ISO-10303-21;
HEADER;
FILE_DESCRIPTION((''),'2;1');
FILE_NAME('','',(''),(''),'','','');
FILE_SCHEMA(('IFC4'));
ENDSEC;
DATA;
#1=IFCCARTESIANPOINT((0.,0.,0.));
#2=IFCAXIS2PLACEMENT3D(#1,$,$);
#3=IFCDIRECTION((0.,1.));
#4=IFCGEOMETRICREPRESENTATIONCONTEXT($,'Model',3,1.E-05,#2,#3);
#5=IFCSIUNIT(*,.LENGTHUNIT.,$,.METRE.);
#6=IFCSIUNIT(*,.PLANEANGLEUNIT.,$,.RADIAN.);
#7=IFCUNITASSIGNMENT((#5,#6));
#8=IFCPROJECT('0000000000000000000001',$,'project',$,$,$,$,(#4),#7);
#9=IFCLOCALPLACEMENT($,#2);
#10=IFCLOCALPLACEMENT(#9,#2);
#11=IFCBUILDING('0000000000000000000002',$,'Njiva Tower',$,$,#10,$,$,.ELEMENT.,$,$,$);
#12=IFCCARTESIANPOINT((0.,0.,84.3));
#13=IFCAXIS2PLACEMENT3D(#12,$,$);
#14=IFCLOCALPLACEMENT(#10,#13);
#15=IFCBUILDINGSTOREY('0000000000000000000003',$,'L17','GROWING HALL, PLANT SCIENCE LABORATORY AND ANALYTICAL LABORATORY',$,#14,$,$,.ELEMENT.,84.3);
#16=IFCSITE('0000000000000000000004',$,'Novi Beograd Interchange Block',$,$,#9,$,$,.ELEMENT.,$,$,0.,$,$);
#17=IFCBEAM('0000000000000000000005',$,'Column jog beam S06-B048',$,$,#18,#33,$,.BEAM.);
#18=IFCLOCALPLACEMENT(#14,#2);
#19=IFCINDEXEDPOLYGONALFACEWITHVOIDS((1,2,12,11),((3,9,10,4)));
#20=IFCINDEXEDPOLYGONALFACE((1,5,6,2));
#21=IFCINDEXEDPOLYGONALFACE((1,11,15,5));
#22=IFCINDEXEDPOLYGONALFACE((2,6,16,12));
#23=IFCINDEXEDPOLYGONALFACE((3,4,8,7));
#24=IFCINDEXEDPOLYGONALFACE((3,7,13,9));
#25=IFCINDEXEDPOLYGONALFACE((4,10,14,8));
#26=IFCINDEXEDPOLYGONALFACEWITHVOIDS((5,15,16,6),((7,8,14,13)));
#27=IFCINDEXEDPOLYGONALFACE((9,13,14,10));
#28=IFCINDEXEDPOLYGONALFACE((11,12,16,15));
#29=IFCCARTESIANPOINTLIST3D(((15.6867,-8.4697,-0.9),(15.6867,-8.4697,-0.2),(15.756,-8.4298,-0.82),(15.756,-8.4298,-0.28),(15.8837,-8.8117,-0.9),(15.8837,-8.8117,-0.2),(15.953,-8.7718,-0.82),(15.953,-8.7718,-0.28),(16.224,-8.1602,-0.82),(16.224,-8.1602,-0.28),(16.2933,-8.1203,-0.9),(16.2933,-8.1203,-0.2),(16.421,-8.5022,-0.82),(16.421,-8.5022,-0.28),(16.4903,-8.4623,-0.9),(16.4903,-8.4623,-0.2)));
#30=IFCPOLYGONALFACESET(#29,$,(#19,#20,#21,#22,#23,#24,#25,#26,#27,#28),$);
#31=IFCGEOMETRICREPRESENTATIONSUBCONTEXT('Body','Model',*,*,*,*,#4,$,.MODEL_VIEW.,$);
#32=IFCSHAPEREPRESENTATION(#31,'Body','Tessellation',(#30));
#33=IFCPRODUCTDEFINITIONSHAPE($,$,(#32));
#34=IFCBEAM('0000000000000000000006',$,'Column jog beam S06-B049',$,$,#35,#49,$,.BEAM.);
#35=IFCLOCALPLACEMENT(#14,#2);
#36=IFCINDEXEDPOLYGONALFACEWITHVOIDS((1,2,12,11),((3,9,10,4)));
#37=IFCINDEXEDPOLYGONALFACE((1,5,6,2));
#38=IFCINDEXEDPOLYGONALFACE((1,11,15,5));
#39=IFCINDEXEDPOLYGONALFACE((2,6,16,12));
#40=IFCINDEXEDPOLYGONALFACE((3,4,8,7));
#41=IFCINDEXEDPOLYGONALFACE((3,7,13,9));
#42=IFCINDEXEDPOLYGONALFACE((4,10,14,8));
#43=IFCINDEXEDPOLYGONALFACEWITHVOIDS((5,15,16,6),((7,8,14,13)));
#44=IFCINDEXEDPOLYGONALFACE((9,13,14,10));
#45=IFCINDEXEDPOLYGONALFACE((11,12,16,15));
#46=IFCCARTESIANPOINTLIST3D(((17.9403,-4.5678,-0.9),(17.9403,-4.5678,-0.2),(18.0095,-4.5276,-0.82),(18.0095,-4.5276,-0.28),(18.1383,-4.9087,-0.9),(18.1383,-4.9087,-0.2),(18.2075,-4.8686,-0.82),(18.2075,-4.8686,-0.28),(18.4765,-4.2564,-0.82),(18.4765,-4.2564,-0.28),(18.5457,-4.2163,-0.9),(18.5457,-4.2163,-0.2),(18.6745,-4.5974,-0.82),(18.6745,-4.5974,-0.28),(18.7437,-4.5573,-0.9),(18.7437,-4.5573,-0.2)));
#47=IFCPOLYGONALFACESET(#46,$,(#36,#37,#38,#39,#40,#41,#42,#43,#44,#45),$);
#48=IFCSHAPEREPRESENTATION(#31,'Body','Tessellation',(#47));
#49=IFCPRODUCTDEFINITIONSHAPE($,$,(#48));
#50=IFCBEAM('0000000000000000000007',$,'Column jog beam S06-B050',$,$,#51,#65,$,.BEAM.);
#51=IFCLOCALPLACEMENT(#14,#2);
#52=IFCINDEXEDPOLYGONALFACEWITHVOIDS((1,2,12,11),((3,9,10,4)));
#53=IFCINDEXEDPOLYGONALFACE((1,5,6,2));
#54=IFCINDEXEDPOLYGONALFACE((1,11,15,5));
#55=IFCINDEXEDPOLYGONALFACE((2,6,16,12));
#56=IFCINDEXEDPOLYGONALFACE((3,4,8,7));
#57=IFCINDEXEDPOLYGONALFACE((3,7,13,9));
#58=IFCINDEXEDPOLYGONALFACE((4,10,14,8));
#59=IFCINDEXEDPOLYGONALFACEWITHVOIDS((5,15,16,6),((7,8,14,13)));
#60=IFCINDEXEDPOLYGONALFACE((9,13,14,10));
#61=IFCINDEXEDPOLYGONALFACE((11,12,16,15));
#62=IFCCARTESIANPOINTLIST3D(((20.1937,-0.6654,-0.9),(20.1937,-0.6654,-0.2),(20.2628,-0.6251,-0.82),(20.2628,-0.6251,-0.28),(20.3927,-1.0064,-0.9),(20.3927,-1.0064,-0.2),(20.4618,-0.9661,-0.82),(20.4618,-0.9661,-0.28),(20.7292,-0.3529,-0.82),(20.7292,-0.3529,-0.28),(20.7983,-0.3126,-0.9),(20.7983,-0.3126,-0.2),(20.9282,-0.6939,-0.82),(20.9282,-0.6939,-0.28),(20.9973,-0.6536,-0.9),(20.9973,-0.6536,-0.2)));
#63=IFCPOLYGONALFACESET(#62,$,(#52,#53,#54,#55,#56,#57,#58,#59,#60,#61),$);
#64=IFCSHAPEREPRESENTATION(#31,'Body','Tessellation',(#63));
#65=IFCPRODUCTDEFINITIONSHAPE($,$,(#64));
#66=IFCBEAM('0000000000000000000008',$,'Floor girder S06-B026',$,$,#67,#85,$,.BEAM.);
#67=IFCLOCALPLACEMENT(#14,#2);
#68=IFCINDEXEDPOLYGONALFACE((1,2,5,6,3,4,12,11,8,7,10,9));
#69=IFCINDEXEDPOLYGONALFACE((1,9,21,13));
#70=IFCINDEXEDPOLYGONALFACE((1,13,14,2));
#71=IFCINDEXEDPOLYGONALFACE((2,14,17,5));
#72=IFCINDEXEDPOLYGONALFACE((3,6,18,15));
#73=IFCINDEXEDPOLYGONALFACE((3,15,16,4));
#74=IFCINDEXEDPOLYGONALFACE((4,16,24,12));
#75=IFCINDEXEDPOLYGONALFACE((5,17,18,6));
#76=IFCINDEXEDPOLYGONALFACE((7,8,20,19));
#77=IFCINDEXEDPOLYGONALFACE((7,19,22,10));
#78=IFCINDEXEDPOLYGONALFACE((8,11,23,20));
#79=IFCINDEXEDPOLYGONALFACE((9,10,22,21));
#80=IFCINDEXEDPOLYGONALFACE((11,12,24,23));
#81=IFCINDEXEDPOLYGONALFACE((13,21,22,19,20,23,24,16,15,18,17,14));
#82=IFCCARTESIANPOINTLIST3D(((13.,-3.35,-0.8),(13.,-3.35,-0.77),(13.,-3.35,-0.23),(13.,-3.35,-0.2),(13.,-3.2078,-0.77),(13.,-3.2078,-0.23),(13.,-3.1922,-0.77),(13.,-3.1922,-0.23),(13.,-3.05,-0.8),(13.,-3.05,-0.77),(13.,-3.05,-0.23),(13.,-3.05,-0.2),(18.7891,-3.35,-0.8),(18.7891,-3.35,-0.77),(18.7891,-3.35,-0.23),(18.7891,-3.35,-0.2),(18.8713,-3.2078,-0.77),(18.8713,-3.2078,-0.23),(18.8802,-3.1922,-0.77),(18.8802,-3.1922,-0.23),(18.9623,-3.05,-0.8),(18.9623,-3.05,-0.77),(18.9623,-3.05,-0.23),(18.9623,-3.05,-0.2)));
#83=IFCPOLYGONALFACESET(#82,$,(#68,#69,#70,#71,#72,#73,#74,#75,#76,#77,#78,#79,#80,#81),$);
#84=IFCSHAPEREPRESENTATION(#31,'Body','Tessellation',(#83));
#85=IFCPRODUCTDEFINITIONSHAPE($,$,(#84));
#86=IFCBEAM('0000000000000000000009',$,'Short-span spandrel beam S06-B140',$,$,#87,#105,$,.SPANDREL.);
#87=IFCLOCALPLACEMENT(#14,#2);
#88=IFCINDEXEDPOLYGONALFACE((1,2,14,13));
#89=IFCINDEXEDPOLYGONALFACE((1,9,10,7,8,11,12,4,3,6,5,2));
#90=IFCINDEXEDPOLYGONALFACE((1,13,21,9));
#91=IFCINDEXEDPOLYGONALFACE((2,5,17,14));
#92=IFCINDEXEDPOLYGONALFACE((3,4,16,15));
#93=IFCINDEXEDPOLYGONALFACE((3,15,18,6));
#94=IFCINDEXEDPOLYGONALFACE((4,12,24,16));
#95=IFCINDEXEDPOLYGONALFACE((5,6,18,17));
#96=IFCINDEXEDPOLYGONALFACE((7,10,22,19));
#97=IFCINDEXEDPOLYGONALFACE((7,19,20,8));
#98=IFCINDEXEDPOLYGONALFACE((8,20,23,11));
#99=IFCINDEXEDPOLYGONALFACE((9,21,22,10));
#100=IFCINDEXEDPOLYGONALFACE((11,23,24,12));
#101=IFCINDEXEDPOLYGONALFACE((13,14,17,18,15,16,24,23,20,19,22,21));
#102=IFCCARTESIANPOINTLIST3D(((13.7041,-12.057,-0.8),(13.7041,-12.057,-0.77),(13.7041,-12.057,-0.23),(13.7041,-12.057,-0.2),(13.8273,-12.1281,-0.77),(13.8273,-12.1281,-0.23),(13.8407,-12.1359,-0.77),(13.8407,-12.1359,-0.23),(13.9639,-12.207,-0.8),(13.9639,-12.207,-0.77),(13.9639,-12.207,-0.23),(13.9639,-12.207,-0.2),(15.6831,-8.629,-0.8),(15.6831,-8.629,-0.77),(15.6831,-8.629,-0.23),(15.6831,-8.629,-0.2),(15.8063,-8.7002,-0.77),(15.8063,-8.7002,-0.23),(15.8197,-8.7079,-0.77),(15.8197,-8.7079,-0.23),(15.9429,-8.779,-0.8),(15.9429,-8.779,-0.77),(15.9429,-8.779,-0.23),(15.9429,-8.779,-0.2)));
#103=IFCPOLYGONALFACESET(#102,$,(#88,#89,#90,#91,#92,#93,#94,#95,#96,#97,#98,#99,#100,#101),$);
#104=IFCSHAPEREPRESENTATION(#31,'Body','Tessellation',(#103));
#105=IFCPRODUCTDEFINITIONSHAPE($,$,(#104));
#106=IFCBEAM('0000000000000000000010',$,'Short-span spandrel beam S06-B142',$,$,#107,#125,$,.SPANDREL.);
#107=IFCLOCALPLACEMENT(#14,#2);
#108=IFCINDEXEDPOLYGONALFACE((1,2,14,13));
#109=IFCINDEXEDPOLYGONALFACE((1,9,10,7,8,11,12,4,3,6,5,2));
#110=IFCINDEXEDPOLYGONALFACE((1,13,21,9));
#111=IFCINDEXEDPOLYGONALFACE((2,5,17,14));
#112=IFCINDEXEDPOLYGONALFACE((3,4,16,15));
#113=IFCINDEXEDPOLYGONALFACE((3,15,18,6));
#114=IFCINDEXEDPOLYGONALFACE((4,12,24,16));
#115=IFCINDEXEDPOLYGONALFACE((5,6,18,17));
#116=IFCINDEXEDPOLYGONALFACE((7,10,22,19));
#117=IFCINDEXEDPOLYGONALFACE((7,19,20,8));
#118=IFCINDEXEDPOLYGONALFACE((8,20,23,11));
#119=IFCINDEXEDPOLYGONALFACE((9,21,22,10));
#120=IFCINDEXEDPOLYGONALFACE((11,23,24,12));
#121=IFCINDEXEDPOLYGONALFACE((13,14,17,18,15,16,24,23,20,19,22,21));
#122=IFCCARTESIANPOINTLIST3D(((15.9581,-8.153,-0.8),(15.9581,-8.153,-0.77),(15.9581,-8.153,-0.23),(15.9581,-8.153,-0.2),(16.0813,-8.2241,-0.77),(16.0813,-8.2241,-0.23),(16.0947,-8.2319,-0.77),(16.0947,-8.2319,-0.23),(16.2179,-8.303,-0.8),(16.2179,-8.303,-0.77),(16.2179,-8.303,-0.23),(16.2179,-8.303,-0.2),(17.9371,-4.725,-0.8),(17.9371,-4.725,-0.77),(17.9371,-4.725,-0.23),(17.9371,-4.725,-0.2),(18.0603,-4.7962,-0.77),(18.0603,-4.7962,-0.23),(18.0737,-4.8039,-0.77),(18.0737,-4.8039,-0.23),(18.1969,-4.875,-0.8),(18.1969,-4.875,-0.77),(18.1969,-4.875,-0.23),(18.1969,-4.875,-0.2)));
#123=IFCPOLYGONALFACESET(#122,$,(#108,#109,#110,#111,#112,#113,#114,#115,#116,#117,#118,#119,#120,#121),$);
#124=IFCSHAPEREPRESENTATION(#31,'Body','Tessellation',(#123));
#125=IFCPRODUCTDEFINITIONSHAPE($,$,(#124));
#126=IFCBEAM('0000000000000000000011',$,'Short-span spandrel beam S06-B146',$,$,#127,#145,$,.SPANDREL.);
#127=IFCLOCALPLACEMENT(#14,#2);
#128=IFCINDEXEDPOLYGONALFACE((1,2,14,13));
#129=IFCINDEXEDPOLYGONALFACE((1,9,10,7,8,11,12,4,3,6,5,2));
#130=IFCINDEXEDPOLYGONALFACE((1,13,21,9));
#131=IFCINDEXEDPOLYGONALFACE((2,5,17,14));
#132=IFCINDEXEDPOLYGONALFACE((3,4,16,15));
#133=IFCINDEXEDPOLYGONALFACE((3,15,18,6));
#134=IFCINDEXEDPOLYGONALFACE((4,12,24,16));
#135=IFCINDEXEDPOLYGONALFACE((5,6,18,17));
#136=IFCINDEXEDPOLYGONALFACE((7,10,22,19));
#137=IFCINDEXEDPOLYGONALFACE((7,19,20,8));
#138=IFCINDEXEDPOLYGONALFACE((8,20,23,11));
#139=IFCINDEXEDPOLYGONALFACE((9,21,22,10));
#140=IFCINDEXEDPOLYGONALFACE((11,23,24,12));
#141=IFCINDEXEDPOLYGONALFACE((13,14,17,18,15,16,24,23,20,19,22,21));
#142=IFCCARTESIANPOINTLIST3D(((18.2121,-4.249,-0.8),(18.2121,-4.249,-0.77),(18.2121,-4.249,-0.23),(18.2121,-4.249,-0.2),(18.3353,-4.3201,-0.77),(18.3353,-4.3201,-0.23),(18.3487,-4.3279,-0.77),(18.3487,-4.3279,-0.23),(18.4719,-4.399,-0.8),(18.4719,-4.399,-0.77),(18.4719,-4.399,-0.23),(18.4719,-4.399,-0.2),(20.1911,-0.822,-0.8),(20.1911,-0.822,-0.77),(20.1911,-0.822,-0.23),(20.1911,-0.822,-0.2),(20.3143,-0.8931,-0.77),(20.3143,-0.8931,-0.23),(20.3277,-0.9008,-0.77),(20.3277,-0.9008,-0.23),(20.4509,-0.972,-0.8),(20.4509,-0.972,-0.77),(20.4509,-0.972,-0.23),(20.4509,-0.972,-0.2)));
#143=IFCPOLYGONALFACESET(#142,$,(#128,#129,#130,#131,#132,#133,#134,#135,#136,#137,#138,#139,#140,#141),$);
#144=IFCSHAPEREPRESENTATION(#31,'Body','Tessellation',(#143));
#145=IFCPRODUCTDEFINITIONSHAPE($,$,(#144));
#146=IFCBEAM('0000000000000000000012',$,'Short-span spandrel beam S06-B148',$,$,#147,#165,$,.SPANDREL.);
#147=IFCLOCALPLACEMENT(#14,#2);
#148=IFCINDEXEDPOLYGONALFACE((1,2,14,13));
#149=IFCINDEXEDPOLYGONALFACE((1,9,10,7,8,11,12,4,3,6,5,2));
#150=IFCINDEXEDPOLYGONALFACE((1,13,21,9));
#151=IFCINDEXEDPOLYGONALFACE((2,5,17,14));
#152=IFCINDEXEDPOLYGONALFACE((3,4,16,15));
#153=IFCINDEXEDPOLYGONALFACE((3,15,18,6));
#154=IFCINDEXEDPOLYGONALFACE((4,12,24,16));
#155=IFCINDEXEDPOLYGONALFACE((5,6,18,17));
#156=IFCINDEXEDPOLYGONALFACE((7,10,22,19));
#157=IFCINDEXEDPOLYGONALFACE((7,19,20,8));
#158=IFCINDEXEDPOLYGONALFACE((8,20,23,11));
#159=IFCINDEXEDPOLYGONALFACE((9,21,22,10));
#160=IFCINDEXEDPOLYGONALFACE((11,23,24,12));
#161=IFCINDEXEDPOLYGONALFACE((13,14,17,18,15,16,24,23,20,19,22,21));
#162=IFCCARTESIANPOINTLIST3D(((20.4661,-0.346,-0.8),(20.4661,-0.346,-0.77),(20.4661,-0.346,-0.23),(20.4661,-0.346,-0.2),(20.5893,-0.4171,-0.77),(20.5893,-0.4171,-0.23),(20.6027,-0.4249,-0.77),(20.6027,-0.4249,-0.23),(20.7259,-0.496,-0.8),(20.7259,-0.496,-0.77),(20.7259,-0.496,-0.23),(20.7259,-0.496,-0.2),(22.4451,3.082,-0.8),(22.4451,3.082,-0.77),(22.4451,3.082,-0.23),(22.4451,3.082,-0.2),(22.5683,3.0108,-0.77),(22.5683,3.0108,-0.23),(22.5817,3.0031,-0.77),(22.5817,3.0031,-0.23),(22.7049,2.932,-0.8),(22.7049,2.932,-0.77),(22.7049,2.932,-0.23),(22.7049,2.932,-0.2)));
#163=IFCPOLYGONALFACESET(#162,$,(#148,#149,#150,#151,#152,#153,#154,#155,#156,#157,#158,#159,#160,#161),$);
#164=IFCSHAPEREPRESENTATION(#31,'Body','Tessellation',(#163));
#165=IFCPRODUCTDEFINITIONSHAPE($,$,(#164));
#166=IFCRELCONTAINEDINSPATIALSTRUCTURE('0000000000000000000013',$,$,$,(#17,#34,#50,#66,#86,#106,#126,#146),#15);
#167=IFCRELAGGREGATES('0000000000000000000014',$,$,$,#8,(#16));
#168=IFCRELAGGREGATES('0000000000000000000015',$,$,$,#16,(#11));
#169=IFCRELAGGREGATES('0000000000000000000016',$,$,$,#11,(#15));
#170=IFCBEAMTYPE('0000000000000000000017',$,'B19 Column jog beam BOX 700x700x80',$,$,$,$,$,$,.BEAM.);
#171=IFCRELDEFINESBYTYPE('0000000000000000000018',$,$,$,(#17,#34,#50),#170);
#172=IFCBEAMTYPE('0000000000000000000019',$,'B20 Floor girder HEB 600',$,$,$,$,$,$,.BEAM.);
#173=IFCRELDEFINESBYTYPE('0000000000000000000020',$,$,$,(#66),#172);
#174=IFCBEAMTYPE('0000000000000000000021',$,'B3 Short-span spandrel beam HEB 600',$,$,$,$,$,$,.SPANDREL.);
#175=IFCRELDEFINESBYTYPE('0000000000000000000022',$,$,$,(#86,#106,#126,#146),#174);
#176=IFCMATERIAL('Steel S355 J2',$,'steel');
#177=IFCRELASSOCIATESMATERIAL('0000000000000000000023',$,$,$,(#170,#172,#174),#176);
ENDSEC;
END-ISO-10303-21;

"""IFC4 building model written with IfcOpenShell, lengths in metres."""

from ifc_helpers import new_model, si_unit, direction, frame, origin, origin_2d, place, context, subcontext, project, spatial, hollow_rectangle, i_section, extrude, clip, halfspace, material, material_profile, profile_set, type_object, element, save


model = new_model("IFC4")

# Units and contexts
model_context = context("Model", 3, precision=1e-05, world=origin(), true_north=direction((0.0, 1.0)))
body_context = subcontext(model_context, "Body", "Model", "MODEL_VIEW")
ifc_project = project(units=[si_unit("LENGTHUNIT", "METRE"), si_unit("PLANEANGLEUNIT", "RADIAN")], contexts=[model_context])

# Site, building, storey
site_placement = place(None, origin())
site = spatial("IfcSite", under=ifc_project, at=site_placement, Name="Novi Beograd Interchange Block", CompositionType="ELEMENT", RefElevation=0.0)
building_placement = place(site_placement, origin())
building = spatial("IfcBuilding", under=site, at=building_placement, Name="Njiva Tower", CompositionType="ELEMENT")
storey_placement = place(building_placement, frame((0.0, 0.0, 84.3)))
storey = spatial("IfcBuildingStorey", under=building, at=storey_placement, Name="L17", Description="GROWING HALL, PLANT SCIENCE LABORATORY AND ANALYTICAL LABORATORY", CompositionType="ELEMENT", Elevation=84.3)

# Shared definitions
ifc_material_1 = material(Name="Steel S355 J2", Category="steel")

# Beams
ifc_material_profile_1 = material_profile(ifc_material_1, hollow_rectangle(XDim=0.7, YDim=0.7, WallThickness=0.08, at=origin_2d()), Name="BOX 700x700x80")
ifc_profile_set_1 = profile_set([ifc_material_profile_1], Name="Steel S355 J2")
beam_type_1 = type_object("IfcBeamType", Name="B19 Column jog beam BOX 700x700x80", PredefinedType="BEAM", material=ifc_profile_set_1)
beam_1_placement = place(storey_placement, frame((16.187, -8.637, -0.55), z_axis=(-0.499137, 0.866523, 0.0), x_axis=(-0.866523, -0.499137, 0.0)))
element("IfcBeam", 1, at=beam_1_placement, inside=storey, type_object=beam_type_1, Name="Column jog beam S06-B048", PredefinedType="BEAM", context=body_context, shape_type="SweptSolid", body=[
    extrude(hollow_rectangle(XDim=0.7, YDim=0.7, WallThickness=0.08, at=origin_2d()), origin(), (0.0, 0.0, 1.0), 0.3947),
])
beam_2_placement = place(storey_placement, frame((18.441, -4.733, -0.55), z_axis=(-0.502136, 0.864789, 0.0), x_axis=(-0.864789, -0.502136, 0.0)))
element("IfcBeam", 2, at=beam_2_placement, inside=storey, type_object=beam_type_1, Name="Column jog beam S06-B049", PredefinedType="BEAM", context=body_context, shape_type="SweptSolid", body=[
    extrude(hollow_rectangle(XDim=0.7, YDim=0.7, WallThickness=0.08, at=origin_2d()), origin(), (0.0, 0.0, 1.0), 0.3943),
])
beam_3_placement = place(storey_placement, frame((20.695, -0.83, -0.55), z_axis=(-0.504028, 0.863687, 0.0), x_axis=(-0.863687, -0.504028, 0.0)))
element("IfcBeam", 3, at=beam_3_placement, inside=storey, type_object=beam_type_1, Name="Column jog beam S06-B050", PredefinedType="BEAM", context=body_context, shape_type="SweptSolid", body=[
    extrude(hollow_rectangle(XDim=0.7, YDim=0.7, WallThickness=0.08, at=origin_2d()), origin(), (0.0, 0.0, 1.0), 0.3948),
])
ifc_material_profile_2 = material_profile(ifc_material_1, i_section(OverallWidth=0.3, OverallDepth=0.6, WebThickness=0.0155, FlangeThickness=0.03, at=origin_2d()), Name="HEB 600")
ifc_profile_set_2 = profile_set([ifc_material_profile_2], Name="Steel S355 J2")
beam_type_2 = type_object("IfcBeamType", Name="B20 Floor girder HEB 600", PredefinedType="BEAM", material=ifc_profile_set_2)
beam_4_placement = place(storey_placement, frame((13.0, -3.2, -0.5), z_axis=(1.0, 0.0, 0.0), x_axis=(0.0, 1.0, 0.0)))
element("IfcBeam", 4, at=beam_4_placement, inside=storey, type_object=beam_type_2, Name="Floor girder S06-B026", PredefinedType="BEAM", context=body_context, shape_type="Clipping", body=[
    clip(extrude(i_section(OverallWidth=0.3, OverallDepth=0.6, WebThickness=0.0155, FlangeThickness=0.03, at=origin_2d()), origin(), (0.0, 0.0, 1.0), 5.983), halfspace(frame((-0.025, 0.0, 5.8613), z_axis=(-0.499998, 0.0, 0.866027), x_axis=(0.0, 1.0, 0.0)), False)),
])
ifc_material_profile_3 = material_profile(ifc_material_1, i_section(OverallWidth=0.3, OverallDepth=0.6, WebThickness=0.0155, FlangeThickness=0.03, at=origin_2d()), Name="HEB 600")
ifc_profile_set_3 = profile_set([ifc_material_profile_3], Name="Steel S355 J2")
beam_type_3 = type_object("IfcBeamType", Name="B3 Short-span spandrel beam HEB 600", PredefinedType="SPANDREL", material=ifc_profile_set_3)
for number, where, z_axis, x_axis, name in (
    (5, (13.834, -12.132, -0.5), (0.49997, 0.866043, 0.0), (-0.866043, 0.49997, 0.0), "Short-span spandrel beam S06-B140"),
    (6, (16.088, -8.228, -0.5), (0.49997, 0.866043, 0.0), (-0.866043, 0.49997, 0.0), "Short-span spandrel beam S06-B142"),
):
    element("IfcBeam", number, at=place(storey_placement, frame(where, z_axis=z_axis, x_axis=x_axis)), inside=storey, type_object=beam_type_3, Name=name, PredefinedType="SPANDREL", context=body_context, shape_type="SweptSolid", body=[
        extrude(i_section(OverallWidth=0.3, OverallDepth=0.6, WebThickness=0.0155, FlangeThickness=0.03, at=origin_2d()), origin(), (0.0, 0.0, 1.0), 3.9582),
    ])
beam_5_placement = place(storey_placement, frame((18.342, -4.324, -0.5), z_axis=(0.50008, 0.865979, 0.0), x_axis=(-0.865979, 0.50008, 0.0)))
element("IfcBeam", 7, at=beam_5_placement, inside=storey, type_object=beam_type_3, Name="Short-span spandrel beam S06-B146", PredefinedType="SPANDREL", context=body_context, shape_type="SweptSolid", body=[
    extrude(i_section(OverallWidth=0.3, OverallDepth=0.6, WebThickness=0.0155, FlangeThickness=0.03, at=origin_2d()), origin(), (0.0, 0.0, 1.0), 3.9574),
])
beam_6_placement = place(storey_placement, frame((20.596, -0.421, -0.5), z_axis=(0.49997, 0.866043, 0.0), x_axis=(-0.866043, 0.49997, 0.0)))
element("IfcBeam", 8, at=beam_6_placement, inside=storey, type_object=beam_type_3, Name="Short-span spandrel beam S06-B148", PredefinedType="SPANDREL", context=body_context, shape_type="SweptSolid", body=[
    extrude(i_section(OverallWidth=0.3, OverallDepth=0.6, WebThickness=0.0155, FlangeThickness=0.03, at=origin_2d()), origin(), (0.0, 0.0, 1.0), 3.9582),
])

save(model, "model.ifc")
